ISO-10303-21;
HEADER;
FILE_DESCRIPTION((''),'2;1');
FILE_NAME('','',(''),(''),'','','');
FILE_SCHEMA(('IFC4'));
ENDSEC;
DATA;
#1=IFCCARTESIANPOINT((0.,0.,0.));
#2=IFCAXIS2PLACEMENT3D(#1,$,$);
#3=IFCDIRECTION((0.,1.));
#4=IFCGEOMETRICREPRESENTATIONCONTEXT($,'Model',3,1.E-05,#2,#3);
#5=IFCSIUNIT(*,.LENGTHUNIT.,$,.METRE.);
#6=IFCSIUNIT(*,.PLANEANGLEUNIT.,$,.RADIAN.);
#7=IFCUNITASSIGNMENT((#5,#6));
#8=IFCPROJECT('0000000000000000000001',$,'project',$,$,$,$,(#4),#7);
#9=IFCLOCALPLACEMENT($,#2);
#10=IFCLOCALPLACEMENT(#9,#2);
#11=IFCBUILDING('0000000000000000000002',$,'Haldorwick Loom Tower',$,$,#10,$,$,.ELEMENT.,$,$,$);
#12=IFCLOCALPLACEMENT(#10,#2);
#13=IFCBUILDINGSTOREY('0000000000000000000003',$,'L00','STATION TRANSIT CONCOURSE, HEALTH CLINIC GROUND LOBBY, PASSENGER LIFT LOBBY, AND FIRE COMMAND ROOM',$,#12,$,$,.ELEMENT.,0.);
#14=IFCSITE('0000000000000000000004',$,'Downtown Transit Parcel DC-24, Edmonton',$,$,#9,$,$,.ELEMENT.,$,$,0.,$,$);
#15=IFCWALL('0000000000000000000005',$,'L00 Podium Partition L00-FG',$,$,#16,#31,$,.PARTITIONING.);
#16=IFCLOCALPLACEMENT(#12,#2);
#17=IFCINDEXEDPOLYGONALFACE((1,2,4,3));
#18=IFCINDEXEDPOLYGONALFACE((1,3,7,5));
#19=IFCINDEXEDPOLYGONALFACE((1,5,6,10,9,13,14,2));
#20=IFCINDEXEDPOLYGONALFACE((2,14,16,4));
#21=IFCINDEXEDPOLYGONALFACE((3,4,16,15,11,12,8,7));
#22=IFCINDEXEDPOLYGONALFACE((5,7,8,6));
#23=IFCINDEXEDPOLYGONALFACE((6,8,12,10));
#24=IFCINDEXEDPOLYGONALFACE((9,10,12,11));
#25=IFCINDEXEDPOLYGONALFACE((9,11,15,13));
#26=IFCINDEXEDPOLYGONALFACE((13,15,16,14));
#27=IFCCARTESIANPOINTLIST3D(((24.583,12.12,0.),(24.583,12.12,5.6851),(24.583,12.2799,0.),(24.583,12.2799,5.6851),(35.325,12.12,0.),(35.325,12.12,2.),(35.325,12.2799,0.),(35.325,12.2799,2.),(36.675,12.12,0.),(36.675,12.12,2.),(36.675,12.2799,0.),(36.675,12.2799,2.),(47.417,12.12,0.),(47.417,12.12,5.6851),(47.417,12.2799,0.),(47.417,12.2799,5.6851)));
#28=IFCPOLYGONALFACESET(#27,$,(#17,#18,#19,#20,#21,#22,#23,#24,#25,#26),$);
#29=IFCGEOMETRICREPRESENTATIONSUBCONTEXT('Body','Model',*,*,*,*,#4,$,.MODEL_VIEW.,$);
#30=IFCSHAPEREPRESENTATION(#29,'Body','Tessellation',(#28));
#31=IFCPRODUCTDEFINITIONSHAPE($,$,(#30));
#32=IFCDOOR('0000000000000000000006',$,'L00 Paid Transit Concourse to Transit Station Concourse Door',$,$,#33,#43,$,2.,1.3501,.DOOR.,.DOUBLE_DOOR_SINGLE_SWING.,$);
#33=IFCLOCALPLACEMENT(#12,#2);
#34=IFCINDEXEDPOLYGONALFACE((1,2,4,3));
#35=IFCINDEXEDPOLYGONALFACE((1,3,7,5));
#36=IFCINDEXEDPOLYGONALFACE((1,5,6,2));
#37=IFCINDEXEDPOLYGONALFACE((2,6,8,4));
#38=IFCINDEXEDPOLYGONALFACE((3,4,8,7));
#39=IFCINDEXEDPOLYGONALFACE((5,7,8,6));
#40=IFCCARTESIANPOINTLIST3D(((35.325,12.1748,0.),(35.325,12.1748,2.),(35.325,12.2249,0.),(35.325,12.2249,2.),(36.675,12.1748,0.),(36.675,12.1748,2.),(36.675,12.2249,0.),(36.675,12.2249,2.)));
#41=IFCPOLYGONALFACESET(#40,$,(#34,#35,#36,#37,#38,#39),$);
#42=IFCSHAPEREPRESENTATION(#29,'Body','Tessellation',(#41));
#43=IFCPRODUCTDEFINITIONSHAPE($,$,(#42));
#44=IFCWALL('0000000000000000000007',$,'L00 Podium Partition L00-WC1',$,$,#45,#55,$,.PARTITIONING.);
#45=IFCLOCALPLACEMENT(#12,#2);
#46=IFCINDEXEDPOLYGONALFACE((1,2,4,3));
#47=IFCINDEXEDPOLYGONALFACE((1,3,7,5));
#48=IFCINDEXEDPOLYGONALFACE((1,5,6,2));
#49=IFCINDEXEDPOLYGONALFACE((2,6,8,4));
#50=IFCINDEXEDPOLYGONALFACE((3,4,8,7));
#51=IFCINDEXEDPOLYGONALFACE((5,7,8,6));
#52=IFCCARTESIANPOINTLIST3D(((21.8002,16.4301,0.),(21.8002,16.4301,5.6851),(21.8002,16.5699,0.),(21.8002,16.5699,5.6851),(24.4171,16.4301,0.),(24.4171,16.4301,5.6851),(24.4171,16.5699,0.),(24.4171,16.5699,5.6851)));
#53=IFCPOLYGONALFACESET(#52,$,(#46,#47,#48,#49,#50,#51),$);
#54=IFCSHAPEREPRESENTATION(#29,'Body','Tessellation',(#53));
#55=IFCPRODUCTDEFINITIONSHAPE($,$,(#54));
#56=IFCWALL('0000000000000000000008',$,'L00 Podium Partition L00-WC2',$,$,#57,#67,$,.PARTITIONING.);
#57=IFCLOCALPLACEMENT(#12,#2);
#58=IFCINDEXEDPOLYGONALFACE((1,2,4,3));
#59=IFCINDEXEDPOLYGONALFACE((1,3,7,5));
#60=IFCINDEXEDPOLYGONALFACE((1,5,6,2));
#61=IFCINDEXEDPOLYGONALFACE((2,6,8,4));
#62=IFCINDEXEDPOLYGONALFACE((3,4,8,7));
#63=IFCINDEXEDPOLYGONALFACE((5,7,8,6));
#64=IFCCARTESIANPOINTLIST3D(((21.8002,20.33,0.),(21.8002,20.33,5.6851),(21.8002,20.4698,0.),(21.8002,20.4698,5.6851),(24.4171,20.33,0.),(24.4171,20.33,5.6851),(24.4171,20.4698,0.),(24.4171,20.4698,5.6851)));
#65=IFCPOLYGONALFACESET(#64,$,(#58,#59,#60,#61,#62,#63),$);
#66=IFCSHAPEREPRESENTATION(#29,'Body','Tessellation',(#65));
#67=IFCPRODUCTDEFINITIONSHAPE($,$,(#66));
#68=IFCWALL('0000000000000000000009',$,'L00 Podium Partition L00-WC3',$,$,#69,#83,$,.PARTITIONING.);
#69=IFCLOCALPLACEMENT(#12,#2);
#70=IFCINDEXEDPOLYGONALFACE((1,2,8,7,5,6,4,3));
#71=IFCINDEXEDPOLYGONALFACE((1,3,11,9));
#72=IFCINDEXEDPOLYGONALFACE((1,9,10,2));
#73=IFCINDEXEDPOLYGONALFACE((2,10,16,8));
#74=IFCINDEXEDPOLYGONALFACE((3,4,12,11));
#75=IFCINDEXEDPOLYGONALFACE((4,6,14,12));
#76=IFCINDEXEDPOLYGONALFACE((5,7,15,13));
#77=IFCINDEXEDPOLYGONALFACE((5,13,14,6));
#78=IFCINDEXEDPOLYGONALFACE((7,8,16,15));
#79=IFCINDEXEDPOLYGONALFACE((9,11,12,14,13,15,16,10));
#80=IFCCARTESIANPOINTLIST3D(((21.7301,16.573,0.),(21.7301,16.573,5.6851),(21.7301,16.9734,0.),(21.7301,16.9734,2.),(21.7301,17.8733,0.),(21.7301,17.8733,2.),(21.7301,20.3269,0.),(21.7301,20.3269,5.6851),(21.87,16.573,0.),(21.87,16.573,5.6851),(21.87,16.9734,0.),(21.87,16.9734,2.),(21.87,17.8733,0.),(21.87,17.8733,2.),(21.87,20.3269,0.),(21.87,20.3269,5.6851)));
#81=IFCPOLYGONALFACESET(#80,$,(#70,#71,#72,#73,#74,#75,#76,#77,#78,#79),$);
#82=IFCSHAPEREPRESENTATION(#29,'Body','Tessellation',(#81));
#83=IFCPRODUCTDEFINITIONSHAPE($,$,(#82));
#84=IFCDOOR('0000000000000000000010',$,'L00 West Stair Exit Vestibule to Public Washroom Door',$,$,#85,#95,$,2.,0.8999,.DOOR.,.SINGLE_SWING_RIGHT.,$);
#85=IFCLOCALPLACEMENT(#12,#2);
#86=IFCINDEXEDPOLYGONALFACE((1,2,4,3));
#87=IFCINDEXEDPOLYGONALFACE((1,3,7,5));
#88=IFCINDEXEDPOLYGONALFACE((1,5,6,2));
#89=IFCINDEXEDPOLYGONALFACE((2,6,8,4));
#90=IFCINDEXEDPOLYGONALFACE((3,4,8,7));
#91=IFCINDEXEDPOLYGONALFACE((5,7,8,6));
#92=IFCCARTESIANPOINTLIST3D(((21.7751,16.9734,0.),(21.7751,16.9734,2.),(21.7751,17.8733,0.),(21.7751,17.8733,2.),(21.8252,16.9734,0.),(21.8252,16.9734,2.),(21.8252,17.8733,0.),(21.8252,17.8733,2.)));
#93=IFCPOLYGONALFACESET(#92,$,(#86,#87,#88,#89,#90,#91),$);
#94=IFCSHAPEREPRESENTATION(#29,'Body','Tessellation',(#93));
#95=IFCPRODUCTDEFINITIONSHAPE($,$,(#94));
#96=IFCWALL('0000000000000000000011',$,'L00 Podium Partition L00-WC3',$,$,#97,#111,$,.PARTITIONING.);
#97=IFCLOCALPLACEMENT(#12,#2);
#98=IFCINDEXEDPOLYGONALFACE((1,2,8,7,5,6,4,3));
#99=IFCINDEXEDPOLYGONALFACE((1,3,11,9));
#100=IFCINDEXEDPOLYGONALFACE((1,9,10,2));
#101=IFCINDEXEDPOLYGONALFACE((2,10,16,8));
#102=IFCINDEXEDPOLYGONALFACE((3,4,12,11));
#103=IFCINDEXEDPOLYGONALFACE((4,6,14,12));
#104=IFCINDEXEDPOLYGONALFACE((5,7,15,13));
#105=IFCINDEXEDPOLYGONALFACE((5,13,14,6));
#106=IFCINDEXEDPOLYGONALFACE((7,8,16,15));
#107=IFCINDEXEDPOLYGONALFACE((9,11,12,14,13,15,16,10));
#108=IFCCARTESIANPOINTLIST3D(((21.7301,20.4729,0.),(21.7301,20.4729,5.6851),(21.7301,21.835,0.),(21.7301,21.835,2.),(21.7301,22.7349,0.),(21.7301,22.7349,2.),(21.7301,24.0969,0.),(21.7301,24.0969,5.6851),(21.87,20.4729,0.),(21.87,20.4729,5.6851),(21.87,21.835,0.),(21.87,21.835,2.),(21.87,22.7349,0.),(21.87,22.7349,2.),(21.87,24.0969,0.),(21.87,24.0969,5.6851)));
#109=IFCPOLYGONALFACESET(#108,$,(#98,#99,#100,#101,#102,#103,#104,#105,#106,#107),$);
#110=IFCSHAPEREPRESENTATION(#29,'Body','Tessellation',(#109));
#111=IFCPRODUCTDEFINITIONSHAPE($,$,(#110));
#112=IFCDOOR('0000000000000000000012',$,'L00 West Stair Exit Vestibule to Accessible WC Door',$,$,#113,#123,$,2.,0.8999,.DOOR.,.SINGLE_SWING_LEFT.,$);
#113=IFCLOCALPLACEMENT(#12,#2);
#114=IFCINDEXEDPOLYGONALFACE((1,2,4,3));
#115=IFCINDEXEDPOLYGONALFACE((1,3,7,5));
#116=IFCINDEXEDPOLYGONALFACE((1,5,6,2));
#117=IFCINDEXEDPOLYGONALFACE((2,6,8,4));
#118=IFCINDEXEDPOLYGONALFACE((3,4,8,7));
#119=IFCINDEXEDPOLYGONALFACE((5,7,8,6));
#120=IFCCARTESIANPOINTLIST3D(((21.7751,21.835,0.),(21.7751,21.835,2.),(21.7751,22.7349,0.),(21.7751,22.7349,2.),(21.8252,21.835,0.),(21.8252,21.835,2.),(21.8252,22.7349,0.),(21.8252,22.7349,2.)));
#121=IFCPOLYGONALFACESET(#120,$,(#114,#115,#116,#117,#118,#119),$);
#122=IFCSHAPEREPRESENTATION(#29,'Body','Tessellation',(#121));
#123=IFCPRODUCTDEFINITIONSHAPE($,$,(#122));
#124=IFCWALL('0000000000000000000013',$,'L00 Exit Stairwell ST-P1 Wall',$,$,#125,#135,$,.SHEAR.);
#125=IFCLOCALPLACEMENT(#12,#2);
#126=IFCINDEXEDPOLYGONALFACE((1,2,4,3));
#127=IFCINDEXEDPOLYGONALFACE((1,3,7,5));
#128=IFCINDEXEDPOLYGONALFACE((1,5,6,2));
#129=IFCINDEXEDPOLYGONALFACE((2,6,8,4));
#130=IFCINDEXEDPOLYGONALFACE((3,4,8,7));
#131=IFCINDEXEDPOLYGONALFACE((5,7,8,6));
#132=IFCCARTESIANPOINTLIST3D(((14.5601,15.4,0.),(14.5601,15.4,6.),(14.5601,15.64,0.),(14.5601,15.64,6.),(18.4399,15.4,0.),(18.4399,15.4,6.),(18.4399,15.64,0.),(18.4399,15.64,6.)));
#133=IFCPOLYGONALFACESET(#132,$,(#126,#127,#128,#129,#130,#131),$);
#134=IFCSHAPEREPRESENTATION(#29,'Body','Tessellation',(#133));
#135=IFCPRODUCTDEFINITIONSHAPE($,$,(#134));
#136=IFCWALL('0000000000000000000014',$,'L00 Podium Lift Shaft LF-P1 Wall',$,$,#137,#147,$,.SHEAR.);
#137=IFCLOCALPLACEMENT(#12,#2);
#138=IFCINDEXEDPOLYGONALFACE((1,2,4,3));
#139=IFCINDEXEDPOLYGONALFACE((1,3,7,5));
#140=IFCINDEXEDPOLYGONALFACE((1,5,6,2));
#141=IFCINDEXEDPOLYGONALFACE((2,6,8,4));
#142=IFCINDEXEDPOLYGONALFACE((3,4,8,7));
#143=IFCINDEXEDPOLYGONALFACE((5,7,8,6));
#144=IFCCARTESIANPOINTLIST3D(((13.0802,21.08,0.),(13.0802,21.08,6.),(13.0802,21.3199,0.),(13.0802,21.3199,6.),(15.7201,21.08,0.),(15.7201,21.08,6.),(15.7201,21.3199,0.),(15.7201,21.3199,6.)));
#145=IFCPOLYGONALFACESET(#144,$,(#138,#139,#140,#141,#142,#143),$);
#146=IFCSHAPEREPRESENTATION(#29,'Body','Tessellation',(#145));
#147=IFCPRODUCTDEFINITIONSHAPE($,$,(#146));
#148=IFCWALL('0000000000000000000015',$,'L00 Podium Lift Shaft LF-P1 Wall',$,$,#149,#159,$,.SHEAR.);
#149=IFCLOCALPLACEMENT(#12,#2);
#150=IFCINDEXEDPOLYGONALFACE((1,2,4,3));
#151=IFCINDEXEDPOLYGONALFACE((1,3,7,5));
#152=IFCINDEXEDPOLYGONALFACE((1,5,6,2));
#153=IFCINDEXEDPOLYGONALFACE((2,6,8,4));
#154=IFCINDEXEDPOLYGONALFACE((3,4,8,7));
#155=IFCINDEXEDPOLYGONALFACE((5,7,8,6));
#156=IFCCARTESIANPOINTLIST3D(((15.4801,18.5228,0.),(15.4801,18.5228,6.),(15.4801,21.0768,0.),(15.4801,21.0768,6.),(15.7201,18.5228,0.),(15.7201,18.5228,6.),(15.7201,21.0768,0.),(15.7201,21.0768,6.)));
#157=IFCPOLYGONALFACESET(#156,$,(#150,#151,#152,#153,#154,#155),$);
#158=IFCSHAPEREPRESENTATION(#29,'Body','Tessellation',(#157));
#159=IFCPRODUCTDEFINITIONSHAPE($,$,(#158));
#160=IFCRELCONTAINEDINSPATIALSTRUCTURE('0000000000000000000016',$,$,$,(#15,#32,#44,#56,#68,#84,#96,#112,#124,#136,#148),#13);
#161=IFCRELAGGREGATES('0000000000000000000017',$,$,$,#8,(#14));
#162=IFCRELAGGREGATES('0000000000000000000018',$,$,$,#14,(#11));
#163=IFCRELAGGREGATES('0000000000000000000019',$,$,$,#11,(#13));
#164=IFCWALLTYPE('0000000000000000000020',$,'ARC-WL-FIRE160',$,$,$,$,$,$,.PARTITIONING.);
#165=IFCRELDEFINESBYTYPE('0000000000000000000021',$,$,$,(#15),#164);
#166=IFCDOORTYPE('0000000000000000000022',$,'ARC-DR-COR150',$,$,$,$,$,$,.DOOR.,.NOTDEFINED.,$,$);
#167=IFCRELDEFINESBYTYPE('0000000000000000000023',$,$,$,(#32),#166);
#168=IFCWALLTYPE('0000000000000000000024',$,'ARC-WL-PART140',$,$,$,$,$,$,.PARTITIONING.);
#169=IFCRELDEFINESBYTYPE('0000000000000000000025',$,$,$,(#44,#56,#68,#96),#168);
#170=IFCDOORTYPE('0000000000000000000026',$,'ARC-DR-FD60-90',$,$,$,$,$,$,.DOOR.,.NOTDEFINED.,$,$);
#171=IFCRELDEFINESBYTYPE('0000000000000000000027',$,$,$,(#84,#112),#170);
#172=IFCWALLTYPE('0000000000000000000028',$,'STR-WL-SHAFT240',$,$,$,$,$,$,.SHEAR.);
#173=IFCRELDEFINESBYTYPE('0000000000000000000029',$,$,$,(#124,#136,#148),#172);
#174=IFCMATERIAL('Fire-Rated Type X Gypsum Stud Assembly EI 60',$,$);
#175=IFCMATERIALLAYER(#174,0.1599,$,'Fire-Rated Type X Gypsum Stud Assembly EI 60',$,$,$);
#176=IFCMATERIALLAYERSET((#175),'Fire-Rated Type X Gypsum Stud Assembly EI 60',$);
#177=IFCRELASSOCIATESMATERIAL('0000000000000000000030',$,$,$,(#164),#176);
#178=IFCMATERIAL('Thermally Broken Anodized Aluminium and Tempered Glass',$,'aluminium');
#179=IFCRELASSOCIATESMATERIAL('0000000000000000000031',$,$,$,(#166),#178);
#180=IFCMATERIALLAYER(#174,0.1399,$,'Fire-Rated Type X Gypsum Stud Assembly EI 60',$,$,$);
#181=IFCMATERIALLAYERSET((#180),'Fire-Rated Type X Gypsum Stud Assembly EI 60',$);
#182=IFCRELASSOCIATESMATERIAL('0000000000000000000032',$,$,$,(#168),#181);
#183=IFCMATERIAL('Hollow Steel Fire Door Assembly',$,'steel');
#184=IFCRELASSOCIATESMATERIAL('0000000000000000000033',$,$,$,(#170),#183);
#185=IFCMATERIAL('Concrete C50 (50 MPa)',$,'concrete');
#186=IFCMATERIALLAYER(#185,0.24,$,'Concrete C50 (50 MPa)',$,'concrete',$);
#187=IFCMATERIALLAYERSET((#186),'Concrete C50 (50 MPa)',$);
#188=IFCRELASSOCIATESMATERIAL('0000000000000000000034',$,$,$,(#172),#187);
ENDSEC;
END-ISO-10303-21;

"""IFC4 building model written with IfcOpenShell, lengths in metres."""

from ifc_helpers import new_model, si_unit, direction, frame, frame_2d, origin, place, context, subcontext, project, spatial, rectangle, extrude, material, layer, layer_set, type_object, element, fill, save


model = new_model("IFC4")

# Units and contexts
model_context = context("Model", 3, precision=1e-05, world=origin(), true_north=direction((0.0, 1.0)))
body_context = subcontext(model_context, "Body", "Model", "MODEL_VIEW")
ifc_project = project(units=[si_unit("LENGTHUNIT", "METRE"), si_unit("PLANEANGLEUNIT", "RADIAN")], contexts=[model_context])

# Site, building, storey
site_placement = place(None, origin())
site = spatial("IfcSite", under=ifc_project, at=site_placement, Name="Downtown Transit Parcel DC-24, Edmonton", CompositionType="ELEMENT", RefElevation=0.0)
building_placement = place(site_placement, origin())
building = spatial("IfcBuilding", under=site, at=building_placement, Name="Haldorwick Loom Tower", CompositionType="ELEMENT")
storey_placement = place(building_placement, origin())
storey = spatial("IfcBuildingStorey", under=building, at=storey_placement, Name="L00", Description="STATION TRANSIT CONCOURSE, HEALTH CLINIC GROUND LOBBY, PASSENGER LIFT LOBBY, AND FIRE COMMAND ROOM", CompositionType="ELEMENT", Elevation=0.0)

# Wall, opening, door
ifc_material_1 = material(Name="Fire-Rated Type X Gypsum Stud Assembly EI 60")
ifc_layer_1 = layer(ifc_material_1, 0.1599, Name="Fire-Rated Type X Gypsum Stud Assembly EI 60")
ifc_layer_set_1 = layer_set([ifc_layer_1], Name="Fire-Rated Type X Gypsum Stud Assembly EI 60")
wall_type_1 = type_object("IfcWallType", Name="ARC-WL-FIRE160", PredefinedType="PARTITIONING", material=ifc_layer_set_1)
wall_1_placement = place(storey_placement, frame((24.583, 12.2, 0.0), z_axis=(0.0, 0.0, 1.0), x_axis=(1.0, 0.0, 0.0)))
wall_1 = element("IfcWall", 1, at=wall_1_placement, inside=storey, type_object=wall_type_1, Name="L00 Podium Partition L00-FG", PredefinedType="PARTITIONING", context=body_context, shape_type="SweptSolid", body=[
    extrude(rectangle(XDim=22.834, YDim=0.1599, at=frame_2d((11.417, 0.0))), origin(), (0.0, 0.0, 1.0), 5.6851),
])
opening_1_placement = place(wall_1_placement, frame((10.7419, 0.0, 0.0)))
opening_1 = element("IfcOpeningElement", 2, at=opening_1_placement, cuts=wall_1, PredefinedType="OPENING", context=body_context, shape_type="SweptSolid", body=[
    extrude(rectangle(XDim=1.3501, YDim=2.0, at=frame_2d((0.675, 1.0))), frame((0.0, 0.0898, 0.0), z_axis=(0.0, -1.0, 0.0), x_axis=(1.0, 0.0, 0.0)), (0.0, 0.0, 1.0), 0.1799),
])
ifc_material_2 = material(Name="Thermally Broken Anodized Aluminium and Tempered Glass", Category="aluminium")
door_type_1 = type_object("IfcDoorType", Name="ARC-DR-COR150", OperationType="NOTDEFINED", PredefinedType="DOOR", material=ifc_material_2)
door_1_placement = place(opening_1_placement, origin())
door_1 = element("IfcDoor", 3, at=door_1_placement, inside=storey, type_object=door_type_1, Name="L00 Paid Transit Concourse to Transit Station Concourse Door", OperationType="DOUBLE_DOOR_SINGLE_SWING", OverallHeight=2.0, OverallWidth=1.3501, PredefinedType="DOOR", context=body_context, shape_type="SweptSolid", body=[
    extrude(rectangle(XDim=1.3501, YDim=2.0, at=frame_2d((0.675, 1.0))), frame((0.0, 0.0249, 0.0), z_axis=(0.0, -1.0, 0.0), x_axis=(1.0, 0.0, 0.0)), (0.0, 0.0, 1.0), 0.05),
])
fill(opening_1, door_1)

# Walls
ifc_layer_2 = layer(ifc_material_1, 0.1399, Name="Fire-Rated Type X Gypsum Stud Assembly EI 60")
ifc_layer_set_2 = layer_set([ifc_layer_2], Name="Fire-Rated Type X Gypsum Stud Assembly EI 60")
wall_type_2 = type_object("IfcWallType", Name="ARC-WL-PART140", PredefinedType="PARTITIONING", material=ifc_layer_set_2)
for number, where, z_axis, x_axis, name in (
    (4, (21.8, 16.5, 0.0), (0.0, 0.0, 1.0), (1.0, 0.0, 0.0), "L00 Podium Partition L00-WC1"),
    (5, (21.8, 20.3999, 0.0), (0.0, 0.0, 1.0), (1.0, 0.0, 0.0), "L00 Podium Partition L00-WC2"),
):
    element("IfcWall", number, at=place(storey_placement, frame(where, z_axis=z_axis, x_axis=x_axis)), inside=storey, type_object=wall_type_2, Name=name, PredefinedType="PARTITIONING", context=body_context, shape_type="SweptSolid", body=[
        extrude(rectangle(XDim=2.6169, YDim=0.1399, at=frame_2d((1.3086, 0.0))), origin(), (0.0, 0.0, 1.0), 5.6851),
    ])

# Walls, openings, doors
wall_2_placement = place(storey_placement, frame((21.8, 16.573, 0.0), z_axis=(0.0, 0.0, 1.0), x_axis=(0.0, 1.0, 0.0)))
wall_2 = element("IfcWall", 6, at=wall_2_placement, inside=storey, type_object=wall_type_2, Name="L00 Podium Partition L00-WC3", PredefinedType="PARTITIONING", context=body_context, shape_type="SweptSolid", body=[
    extrude(rectangle(XDim=3.7539, YDim=0.1399, at=frame_2d((1.877, 0.0))), origin(), (0.0, 0.0, 1.0), 5.6851),
])
opening_2_placement = place(wall_2_placement, frame((0.4004, 0.0, 0.0)))
opening_2 = element("IfcOpeningElement", 7, at=opening_2_placement, cuts=wall_2, PredefinedType="OPENING", context=body_context, shape_type="SweptSolid", body=[
    extrude(rectangle(XDim=0.8999, YDim=2.0, at=frame_2d((0.45, 1.0))), frame((0.0, 0.0798, 0.0), z_axis=(0.0, -1.0, 0.0), x_axis=(1.0, 0.0, 0.0)), (0.0, 0.0, 1.0), 0.1599),
])
ifc_material_3 = material(Name="Hollow Steel Fire Door Assembly", Category="steel")
door_type_2 = type_object("IfcDoorType", Name="ARC-DR-FD60-90", OperationType="NOTDEFINED", PredefinedType="DOOR", material=ifc_material_3)
door_2_placement = place(opening_2_placement, origin())
door_2 = element("IfcDoor", 8, at=door_2_placement, inside=storey, type_object=door_type_2, Name="L00 West Stair Exit Vestibule to Public Washroom Door", OperationType="SINGLE_SWING_RIGHT", OverallHeight=2.0, OverallWidth=0.8999, PredefinedType="DOOR", context=body_context, shape_type="SweptSolid", body=[
    extrude(rectangle(XDim=0.8999, YDim=2.0, at=frame_2d((0.45, 1.0))), frame((0.0, 0.0249, 0.0), z_axis=(0.0, -1.0, 0.0), x_axis=(1.0, 0.0, 0.0)), (0.0, 0.0, 1.0), 0.05),
])
fill(opening_2, door_2)
wall_3_placement = place(storey_placement, frame((21.8, 20.4729, 0.0), z_axis=(0.0, 0.0, 1.0), x_axis=(0.0, 1.0, 0.0)))
wall_3 = element("IfcWall", 9, at=wall_3_placement, inside=storey, type_object=wall_type_2, Name="L00 Podium Partition L00-WC3", PredefinedType="PARTITIONING", context=body_context, shape_type="SweptSolid", body=[
    extrude(rectangle(XDim=3.624, YDim=0.1399, at=frame_2d((1.812, 0.0))), origin(), (0.0, 0.0, 1.0), 5.6851),
])
opening_3_placement = place(wall_3_placement, frame((1.3621, 0.0, 0.0)))
opening_3 = element("IfcOpeningElement", 10, at=opening_3_placement, cuts=wall_3, PredefinedType="OPENING", context=body_context, shape_type="SweptSolid", body=[
    extrude(rectangle(XDim=0.8999, YDim=2.0, at=frame_2d((0.45, 1.0))), frame((0.0, 0.0798, 0.0), z_axis=(0.0, -1.0, 0.0), x_axis=(1.0, 0.0, 0.0)), (0.0, 0.0, 1.0), 0.1599),
])
door_3_placement = place(opening_3_placement, origin())
door_3 = element("IfcDoor", 11, at=door_3_placement, inside=storey, type_object=door_type_2, Name="L00 West Stair Exit Vestibule to Accessible WC Door", OperationType="SINGLE_SWING_LEFT", OverallHeight=2.0, OverallWidth=0.8999, PredefinedType="DOOR", context=body_context, shape_type="SweptSolid", body=[
    extrude(rectangle(XDim=0.8999, YDim=2.0, at=frame_2d((0.45, 1.0))), frame((0.0, 0.0249, 0.0), z_axis=(0.0, -1.0, 0.0), x_axis=(1.0, 0.0, 0.0)), (0.0, 0.0, 1.0), 0.05),
])
fill(opening_3, door_3)

# Walls
ifc_material_4 = material(Name="Concrete C50 (50 MPa)", Category="concrete")
ifc_layer_3 = layer(ifc_material_4, 0.24, Name="Concrete C50 (50 MPa)", Category="concrete")
ifc_layer_set_3 = layer_set([ifc_layer_3], Name="Concrete C50 (50 MPa)")
wall_type_3 = type_object("IfcWallType", Name="STR-WL-SHAFT240", PredefinedType="SHEAR", material=ifc_layer_set_3)
wall_4_placement = place(storey_placement, frame((18.4399, 15.52, 0.0), z_axis=(0.0, 0.0, 1.0), x_axis=(-1.0, 0.0, 0.0)))
element("IfcWall", 12, at=wall_4_placement, inside=storey, type_object=wall_type_3, Name="L00 Exit Stairwell ST-P1 Wall", PredefinedType="SHEAR", context=body_context, shape_type="SweptSolid", body=[
    extrude(rectangle(XDim=3.8799, YDim=0.24, at=frame_2d((1.9399, 0.0))), origin(), (0.0, 0.0, 1.0), 6.0),
])
wall_5_placement = place(storey_placement, frame((15.72, 21.2, 0.0), z_axis=(0.0, 0.0, 1.0), x_axis=(-1.0, 0.0, 0.0)))
element("IfcWall", 13, at=wall_5_placement, inside=storey, type_object=wall_type_3, Name="L00 Podium Lift Shaft LF-P1 Wall", PredefinedType="SHEAR", context=body_context, shape_type="SweptSolid", body=[
    extrude(rectangle(XDim=2.6399, YDim=0.24, at=frame_2d((1.3198, 0.0))), origin(), (0.0, 0.0, 1.0), 6.0),
])
wall_6_placement = place(storey_placement, frame((15.6001, 18.5229, 0.0), z_axis=(0.0, 0.0, 1.0), x_axis=(0.0, 1.0, 0.0)))
element("IfcWall", 14, at=wall_6_placement, inside=storey, type_object=wall_type_3, Name="L00 Podium Lift Shaft LF-P1 Wall", PredefinedType="SHEAR", context=body_context, shape_type="SweptSolid", body=[
    extrude(rectangle(XDim=2.554, YDim=0.24, at=frame_2d((1.2769, 0.0))), origin(), (0.0, 0.0, 1.0), 6.0),
])

save(model, "model.ifc")
